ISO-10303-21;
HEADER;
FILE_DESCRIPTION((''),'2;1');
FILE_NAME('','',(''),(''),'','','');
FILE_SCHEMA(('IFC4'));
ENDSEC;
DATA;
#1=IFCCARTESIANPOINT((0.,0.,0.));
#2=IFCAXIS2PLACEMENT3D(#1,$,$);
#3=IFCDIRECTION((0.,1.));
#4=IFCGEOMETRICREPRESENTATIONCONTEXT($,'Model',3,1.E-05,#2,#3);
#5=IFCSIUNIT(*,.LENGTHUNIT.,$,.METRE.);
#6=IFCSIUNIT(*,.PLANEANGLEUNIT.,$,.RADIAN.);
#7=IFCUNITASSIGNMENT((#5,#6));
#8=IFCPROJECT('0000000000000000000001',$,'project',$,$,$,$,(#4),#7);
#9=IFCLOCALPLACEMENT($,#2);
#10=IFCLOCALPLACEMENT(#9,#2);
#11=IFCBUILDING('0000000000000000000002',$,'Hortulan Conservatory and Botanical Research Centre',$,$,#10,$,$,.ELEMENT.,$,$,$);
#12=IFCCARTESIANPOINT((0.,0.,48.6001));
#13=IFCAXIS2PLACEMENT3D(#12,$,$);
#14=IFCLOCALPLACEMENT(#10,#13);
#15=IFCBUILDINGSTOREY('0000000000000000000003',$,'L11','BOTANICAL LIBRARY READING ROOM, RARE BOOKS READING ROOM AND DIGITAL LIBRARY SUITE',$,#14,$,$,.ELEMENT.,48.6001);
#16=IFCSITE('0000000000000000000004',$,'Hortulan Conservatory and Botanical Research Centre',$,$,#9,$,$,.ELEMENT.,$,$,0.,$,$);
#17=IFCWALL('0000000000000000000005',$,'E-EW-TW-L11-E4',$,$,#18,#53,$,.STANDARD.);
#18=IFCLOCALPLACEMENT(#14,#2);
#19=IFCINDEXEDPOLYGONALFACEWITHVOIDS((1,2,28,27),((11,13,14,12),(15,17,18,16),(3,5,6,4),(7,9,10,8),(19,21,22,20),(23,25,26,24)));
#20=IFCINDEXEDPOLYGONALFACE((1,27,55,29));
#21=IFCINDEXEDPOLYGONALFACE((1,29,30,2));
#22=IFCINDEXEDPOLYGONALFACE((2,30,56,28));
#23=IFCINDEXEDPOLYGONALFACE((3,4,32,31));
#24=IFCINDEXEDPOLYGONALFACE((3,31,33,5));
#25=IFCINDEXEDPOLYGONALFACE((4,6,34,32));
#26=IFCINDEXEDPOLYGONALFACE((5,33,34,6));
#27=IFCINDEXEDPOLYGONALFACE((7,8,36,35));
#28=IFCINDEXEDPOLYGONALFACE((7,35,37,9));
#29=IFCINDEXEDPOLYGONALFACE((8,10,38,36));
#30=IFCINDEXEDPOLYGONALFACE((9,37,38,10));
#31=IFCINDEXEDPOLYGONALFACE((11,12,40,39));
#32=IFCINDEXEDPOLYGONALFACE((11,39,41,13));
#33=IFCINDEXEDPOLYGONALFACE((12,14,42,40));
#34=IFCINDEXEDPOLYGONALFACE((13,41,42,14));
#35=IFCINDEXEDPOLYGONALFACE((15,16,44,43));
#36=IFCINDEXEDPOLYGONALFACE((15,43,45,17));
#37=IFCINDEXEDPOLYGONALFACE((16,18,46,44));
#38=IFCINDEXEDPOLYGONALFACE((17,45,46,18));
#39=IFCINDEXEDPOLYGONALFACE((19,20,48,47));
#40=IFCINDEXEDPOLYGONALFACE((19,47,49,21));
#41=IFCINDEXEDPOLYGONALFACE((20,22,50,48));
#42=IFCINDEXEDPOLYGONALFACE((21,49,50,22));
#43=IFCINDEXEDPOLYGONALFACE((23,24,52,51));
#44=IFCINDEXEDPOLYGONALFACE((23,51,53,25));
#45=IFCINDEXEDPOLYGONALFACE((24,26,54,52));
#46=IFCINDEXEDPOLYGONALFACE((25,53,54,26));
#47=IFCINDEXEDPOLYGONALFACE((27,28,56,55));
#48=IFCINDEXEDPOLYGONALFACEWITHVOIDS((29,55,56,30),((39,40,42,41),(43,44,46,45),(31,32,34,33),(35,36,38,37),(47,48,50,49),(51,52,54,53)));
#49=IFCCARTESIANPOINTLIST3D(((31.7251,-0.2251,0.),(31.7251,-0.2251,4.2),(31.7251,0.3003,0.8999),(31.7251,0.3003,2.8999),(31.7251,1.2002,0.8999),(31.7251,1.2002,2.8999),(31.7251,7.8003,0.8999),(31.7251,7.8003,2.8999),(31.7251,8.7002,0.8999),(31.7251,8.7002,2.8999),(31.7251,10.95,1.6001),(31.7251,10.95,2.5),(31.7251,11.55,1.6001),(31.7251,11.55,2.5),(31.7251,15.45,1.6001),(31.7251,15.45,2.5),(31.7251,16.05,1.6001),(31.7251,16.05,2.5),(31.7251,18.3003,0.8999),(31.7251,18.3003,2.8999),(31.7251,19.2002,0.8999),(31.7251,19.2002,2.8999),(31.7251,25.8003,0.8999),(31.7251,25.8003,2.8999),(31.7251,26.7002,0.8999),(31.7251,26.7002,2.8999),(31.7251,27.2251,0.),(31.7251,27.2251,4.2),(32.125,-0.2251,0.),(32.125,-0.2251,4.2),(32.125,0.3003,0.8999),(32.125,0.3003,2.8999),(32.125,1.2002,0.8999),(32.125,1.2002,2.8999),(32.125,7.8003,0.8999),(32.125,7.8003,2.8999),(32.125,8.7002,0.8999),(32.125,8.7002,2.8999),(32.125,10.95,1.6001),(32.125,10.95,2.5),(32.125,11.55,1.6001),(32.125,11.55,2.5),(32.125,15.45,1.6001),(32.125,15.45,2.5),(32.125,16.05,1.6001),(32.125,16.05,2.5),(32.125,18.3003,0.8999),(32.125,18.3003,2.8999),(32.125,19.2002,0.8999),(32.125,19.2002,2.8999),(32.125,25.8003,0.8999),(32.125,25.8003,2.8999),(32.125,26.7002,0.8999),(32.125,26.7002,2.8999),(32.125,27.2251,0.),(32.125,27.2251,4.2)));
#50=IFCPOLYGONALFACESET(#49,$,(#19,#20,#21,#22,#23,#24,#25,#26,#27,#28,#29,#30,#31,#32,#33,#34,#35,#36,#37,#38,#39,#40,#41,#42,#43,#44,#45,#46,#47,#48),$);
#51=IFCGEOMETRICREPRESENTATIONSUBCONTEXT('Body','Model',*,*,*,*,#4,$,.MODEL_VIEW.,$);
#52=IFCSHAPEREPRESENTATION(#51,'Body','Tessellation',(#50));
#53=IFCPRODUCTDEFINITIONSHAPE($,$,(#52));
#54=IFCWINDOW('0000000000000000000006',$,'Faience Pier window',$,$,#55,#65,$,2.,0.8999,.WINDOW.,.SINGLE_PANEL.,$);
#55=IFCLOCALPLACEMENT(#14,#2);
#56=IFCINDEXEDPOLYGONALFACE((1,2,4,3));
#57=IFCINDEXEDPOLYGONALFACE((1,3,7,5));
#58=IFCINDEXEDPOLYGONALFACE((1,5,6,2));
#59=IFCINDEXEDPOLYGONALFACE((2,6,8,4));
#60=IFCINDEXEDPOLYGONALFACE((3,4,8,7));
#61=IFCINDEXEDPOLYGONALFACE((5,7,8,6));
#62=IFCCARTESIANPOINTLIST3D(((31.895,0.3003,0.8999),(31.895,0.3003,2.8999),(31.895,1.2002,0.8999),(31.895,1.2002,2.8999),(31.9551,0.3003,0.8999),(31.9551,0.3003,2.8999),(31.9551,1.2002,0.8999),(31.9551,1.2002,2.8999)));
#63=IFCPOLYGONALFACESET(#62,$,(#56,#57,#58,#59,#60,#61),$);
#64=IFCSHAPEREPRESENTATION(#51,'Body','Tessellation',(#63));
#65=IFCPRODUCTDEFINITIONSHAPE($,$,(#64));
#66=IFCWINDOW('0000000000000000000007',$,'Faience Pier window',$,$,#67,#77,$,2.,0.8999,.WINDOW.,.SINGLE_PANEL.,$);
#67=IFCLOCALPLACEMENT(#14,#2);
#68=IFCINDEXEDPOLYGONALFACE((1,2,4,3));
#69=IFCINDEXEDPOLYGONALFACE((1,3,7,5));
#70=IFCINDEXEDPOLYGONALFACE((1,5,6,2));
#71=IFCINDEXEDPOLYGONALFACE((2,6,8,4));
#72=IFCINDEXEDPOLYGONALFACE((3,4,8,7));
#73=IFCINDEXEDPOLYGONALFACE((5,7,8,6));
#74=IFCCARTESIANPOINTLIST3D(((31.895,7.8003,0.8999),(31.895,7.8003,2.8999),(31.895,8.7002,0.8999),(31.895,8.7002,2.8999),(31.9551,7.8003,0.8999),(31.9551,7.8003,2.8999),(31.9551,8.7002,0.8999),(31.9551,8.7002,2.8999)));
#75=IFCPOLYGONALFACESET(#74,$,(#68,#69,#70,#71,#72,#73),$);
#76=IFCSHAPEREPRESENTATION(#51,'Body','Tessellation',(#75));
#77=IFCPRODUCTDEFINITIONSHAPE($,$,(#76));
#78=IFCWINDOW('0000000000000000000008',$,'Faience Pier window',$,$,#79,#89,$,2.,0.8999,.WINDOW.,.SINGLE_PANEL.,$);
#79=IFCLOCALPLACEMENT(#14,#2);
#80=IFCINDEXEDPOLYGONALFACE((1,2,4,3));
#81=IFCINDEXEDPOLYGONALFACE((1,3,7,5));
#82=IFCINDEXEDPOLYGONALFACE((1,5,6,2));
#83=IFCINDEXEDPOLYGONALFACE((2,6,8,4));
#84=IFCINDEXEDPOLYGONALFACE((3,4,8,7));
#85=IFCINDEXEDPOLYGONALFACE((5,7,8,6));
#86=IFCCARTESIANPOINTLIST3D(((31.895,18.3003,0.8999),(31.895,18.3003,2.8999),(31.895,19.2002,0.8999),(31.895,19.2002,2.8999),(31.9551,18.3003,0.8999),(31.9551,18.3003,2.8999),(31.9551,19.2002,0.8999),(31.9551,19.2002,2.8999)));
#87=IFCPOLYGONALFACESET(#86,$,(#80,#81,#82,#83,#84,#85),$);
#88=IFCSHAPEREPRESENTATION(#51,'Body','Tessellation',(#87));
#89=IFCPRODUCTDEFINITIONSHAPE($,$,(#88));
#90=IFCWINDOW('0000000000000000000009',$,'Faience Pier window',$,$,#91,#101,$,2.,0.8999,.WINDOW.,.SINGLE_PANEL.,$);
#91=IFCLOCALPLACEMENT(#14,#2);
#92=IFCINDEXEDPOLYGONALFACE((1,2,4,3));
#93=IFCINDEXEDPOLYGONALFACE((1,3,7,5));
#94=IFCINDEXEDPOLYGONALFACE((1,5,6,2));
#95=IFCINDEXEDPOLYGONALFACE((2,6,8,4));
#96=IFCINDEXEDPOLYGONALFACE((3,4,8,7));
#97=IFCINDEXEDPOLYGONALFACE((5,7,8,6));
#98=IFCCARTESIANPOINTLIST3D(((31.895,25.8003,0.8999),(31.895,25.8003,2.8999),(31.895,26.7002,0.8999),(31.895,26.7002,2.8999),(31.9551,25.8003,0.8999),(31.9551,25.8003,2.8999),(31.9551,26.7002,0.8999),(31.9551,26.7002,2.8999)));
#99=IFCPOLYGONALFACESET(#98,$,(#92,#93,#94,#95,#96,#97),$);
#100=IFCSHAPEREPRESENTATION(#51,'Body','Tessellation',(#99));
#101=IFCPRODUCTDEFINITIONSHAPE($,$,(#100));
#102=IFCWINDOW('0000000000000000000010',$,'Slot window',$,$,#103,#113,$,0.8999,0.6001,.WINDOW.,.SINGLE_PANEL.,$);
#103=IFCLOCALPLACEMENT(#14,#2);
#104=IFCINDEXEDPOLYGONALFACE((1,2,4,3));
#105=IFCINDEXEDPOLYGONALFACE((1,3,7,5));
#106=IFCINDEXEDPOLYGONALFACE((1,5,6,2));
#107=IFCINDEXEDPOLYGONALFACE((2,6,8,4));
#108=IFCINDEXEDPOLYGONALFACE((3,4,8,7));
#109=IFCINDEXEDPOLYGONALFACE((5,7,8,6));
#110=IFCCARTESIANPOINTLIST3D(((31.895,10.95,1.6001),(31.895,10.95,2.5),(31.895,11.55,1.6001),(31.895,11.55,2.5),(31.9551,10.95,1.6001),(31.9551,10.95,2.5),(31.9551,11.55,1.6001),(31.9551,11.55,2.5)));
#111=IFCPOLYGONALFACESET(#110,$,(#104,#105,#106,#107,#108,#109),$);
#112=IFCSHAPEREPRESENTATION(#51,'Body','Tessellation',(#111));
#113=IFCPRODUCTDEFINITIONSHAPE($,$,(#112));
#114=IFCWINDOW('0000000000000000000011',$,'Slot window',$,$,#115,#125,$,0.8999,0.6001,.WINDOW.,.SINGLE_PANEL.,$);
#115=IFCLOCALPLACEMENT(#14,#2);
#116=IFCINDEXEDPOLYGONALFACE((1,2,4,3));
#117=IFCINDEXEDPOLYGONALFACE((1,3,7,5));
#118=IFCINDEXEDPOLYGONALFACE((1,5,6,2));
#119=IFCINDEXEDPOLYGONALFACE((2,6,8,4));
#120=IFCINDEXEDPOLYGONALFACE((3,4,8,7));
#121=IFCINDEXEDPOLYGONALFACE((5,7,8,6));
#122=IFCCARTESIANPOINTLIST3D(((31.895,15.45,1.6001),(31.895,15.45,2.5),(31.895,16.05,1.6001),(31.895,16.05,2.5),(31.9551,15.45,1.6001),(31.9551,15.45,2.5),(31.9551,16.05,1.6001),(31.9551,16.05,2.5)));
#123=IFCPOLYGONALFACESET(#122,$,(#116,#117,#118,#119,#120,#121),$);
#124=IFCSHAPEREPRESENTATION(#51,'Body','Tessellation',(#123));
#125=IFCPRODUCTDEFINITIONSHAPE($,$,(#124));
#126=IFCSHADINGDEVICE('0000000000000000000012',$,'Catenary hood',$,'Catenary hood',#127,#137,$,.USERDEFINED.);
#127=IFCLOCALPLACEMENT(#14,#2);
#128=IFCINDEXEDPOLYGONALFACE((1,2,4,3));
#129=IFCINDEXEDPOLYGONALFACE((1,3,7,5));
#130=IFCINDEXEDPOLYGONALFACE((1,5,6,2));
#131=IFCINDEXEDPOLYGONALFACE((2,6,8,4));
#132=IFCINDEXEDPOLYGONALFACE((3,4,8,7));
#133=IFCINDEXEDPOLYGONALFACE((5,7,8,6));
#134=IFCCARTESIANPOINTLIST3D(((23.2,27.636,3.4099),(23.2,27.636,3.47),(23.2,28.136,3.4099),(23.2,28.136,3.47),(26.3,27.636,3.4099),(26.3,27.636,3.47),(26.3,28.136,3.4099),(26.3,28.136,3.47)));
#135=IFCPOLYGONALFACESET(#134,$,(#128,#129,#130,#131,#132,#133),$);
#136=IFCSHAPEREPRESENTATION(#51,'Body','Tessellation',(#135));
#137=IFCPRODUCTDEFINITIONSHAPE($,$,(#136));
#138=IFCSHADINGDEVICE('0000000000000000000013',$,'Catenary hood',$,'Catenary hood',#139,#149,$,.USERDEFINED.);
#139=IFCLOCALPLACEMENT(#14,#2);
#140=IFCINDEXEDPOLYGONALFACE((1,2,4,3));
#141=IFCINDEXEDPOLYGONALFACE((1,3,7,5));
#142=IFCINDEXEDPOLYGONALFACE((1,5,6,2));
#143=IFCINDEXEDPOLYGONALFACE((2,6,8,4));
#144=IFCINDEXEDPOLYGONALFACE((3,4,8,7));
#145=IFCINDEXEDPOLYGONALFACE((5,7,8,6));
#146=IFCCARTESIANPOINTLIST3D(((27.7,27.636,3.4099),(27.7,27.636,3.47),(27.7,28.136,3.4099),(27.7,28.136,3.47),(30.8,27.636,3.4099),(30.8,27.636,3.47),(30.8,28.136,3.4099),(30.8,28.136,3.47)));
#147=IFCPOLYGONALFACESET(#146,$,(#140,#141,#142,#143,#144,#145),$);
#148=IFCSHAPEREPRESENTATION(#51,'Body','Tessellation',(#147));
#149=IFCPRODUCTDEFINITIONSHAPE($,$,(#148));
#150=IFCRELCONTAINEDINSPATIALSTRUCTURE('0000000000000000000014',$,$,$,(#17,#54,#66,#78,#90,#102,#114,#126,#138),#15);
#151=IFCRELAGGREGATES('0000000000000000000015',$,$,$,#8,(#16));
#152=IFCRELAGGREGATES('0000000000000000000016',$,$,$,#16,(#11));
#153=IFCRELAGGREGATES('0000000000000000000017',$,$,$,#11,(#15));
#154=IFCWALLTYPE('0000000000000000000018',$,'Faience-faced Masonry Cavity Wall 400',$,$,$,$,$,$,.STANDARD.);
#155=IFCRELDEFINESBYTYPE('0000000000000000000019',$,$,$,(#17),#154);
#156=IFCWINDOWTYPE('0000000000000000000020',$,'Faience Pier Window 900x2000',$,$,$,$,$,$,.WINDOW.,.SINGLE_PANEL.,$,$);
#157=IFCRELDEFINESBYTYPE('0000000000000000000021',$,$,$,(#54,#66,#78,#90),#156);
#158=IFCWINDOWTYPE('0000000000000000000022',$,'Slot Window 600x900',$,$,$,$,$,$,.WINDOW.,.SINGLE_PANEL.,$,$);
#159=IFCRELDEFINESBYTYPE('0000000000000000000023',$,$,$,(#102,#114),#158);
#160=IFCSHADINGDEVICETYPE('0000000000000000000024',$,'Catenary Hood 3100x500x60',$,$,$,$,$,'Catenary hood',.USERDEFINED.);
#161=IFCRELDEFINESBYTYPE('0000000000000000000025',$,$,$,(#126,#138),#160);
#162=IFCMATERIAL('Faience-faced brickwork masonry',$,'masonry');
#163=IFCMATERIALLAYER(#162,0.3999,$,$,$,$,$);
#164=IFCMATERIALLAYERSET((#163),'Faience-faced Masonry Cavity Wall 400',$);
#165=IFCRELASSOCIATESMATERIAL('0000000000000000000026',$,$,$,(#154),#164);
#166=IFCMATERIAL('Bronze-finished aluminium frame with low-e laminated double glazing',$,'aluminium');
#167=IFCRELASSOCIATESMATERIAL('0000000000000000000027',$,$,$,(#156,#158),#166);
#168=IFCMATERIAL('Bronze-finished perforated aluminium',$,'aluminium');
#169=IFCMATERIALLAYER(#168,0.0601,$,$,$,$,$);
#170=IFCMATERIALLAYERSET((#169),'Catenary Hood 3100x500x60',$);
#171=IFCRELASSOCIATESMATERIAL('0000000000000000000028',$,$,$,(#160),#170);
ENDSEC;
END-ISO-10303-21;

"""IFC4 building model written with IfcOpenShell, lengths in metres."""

from ifc_helpers import new_model, si_unit, direction, frame, frame_2d, origin, origin_2d, place, context, subcontext, project, spatial, rectangle, extrude, material, layer, layer_set, type_object, element, fill, save


model = new_model("IFC4")

# Units and contexts
model_context = context("Model", 3, precision=1e-05, world=origin(), true_north=direction((0.0, 1.0)))
body_context = subcontext(model_context, "Body", "Model", "MODEL_VIEW")
ifc_project = project(units=[si_unit("LENGTHUNIT", "METRE"), si_unit("PLANEANGLEUNIT", "RADIAN")], contexts=[model_context])

# Site, building, storey
site_placement = place(None, origin())
site = spatial("IfcSite", under=ifc_project, at=site_placement, Name="Hortulan Conservatory and Botanical Research Centre", CompositionType="ELEMENT", RefElevation=0.0)
building_placement = place(site_placement, origin())
building = spatial("IfcBuilding", under=site, at=building_placement, Name="Hortulan Conservatory and Botanical Research Centre", CompositionType="ELEMENT")
storey_placement = place(building_placement, frame((0.0, 0.0, 48.6001)))
storey = spatial("IfcBuildingStorey", under=building, at=storey_placement, Name="L11", Description="BOTANICAL LIBRARY READING ROOM, RARE BOOKS READING ROOM AND DIGITAL LIBRARY SUITE", CompositionType="ELEMENT", Elevation=48.6001)

# Wall, openings, windows
ifc_material_1 = material(Name="Faience-faced brickwork masonry", Category="masonry")
ifc_layer_1 = layer(ifc_material_1, 0.3999)
ifc_layer_set_1 = layer_set([ifc_layer_1], Name="Faience-faced Masonry Cavity Wall 400")
wall_type = type_object("IfcWallType", Name="Faience-faced Masonry Cavity Wall 400", PredefinedType="STANDARD", material=ifc_layer_set_1)
wall_placement = place(storey_placement, frame((31.925, 27.2251, 0.0), z_axis=(0.0, 0.0, 1.0), x_axis=(0.0, -1.0, 0.0)))
wall = element("IfcWall", 1, at=wall_placement, inside=storey, type_object=wall_type, Name="E-EW-TW-L11-E4", PredefinedType="STANDARD", context=body_context, shape_type="SweptSolid", body=[
    extrude(rectangle(XDim=27.4502, YDim=0.3999, at=frame_2d((13.7251, 0.0))), origin(), (0.0, 0.0, 1.0), 4.2),
])
opening_1_placement = place(wall_placement, frame((26.0249, 0.0, 0.8999)))
opening_1 = element("IfcOpeningElement", 2, at=opening_1_placement, cuts=wall, PredefinedType="OPENING", context=body_context, shape_type="SweptSolid", body=[
    extrude(rectangle(XDim=0.8999, YDim=2.0, at=frame_2d((0.45, 1.0))), frame((0.0, 0.21, 0.0), z_axis=(0.0, -1.0, 0.0), x_axis=(1.0, 0.0, 0.0)), (0.0, 0.0, 1.0), 0.4199),
])
opening_2_placement = place(wall_placement, frame((18.5249, 0.0, 0.8999)))
opening_2 = element("IfcOpeningElement", 3, at=opening_2_placement, cuts=wall, PredefinedType="OPENING", context=body_context, shape_type="SweptSolid", body=[
    extrude(rectangle(XDim=0.8999, YDim=2.0, at=frame_2d((0.45, 1.0))), frame((0.0, 0.21, 0.0), z_axis=(0.0, -1.0, 0.0), x_axis=(1.0, 0.0, 0.0)), (0.0, 0.0, 1.0), 0.4199),
])
opening_3_placement = place(wall_placement, frame((15.675, 0.0, 1.6001)))
opening_3 = element("IfcOpeningElement", 4, at=opening_3_placement, cuts=wall, PredefinedType="OPENING", context=body_context, shape_type="SweptSolid", body=[
    extrude(rectangle(XDim=0.6001, YDim=0.8999, at=frame_2d((0.3, 0.45))), frame((0.0, 0.21, 0.0), z_axis=(0.0, -1.0, 0.0), x_axis=(1.0, 0.0, 0.0)), (0.0, 0.0, 1.0), 0.4199),
])
opening_4_placement = place(wall_placement, frame((11.175, 0.0, 1.6001)))
opening_4 = element("IfcOpeningElement", 5, at=opening_4_placement, cuts=wall, PredefinedType="OPENING", context=body_context, shape_type="SweptSolid", body=[
    extrude(rectangle(XDim=0.6001, YDim=0.8999, at=frame_2d((0.3, 0.45))), frame((0.0, 0.21, 0.0), z_axis=(0.0, -1.0, 0.0), x_axis=(1.0, 0.0, 0.0)), (0.0, 0.0, 1.0), 0.4199),
])
opening_5_placement = place(wall_placement, frame((8.0249, 0.0, 0.8999)))
opening_5 = element("IfcOpeningElement", 6, at=opening_5_placement, cuts=wall, PredefinedType="OPENING", context=body_context, shape_type="SweptSolid", body=[
    extrude(rectangle(XDim=0.8999, YDim=2.0, at=frame_2d((0.45, 1.0))), frame((0.0, 0.21, 0.0), z_axis=(0.0, -1.0, 0.0), x_axis=(1.0, 0.0, 0.0)), (0.0, 0.0, 1.0), 0.4199),
])
opening_6_placement = place(wall_placement, frame((0.5249, 0.0, 0.8999)))
opening_6 = element("IfcOpeningElement", 7, at=opening_6_placement, cuts=wall, PredefinedType="OPENING", context=body_context, shape_type="SweptSolid", body=[
    extrude(rectangle(XDim=0.8999, YDim=2.0, at=frame_2d((0.45, 1.0))), frame((0.0, 0.21, 0.0), z_axis=(0.0, -1.0, 0.0), x_axis=(1.0, 0.0, 0.0)), (0.0, 0.0, 1.0), 0.4199),
])
ifc_material_2 = material(Name="Bronze-finished aluminium frame with low-e laminated double glazing", Category="aluminium")
window_type_1 = type_object("IfcWindowType", Name="Faience Pier Window 900x2000", PartitioningType="SINGLE_PANEL", PredefinedType="WINDOW", material=ifc_material_2)
window_1_placement = place(opening_1_placement, origin())
window_1 = element("IfcWindow", 8, at=window_1_placement, inside=storey, type_object=window_type_1, Name="Faience Pier window", OverallHeight=2.0, OverallWidth=0.8999, PartitioningType="SINGLE_PANEL", PredefinedType="WINDOW", context=body_context, shape_type="SweptSolid", body=[
    extrude(rectangle(XDim=0.8999, YDim=2.0, at=frame_2d((0.45, 1.0))), frame((0.0, 0.03, 0.0), z_axis=(0.0, -1.0, 0.0), x_axis=(1.0, 0.0, 0.0)), (0.0, 0.0, 1.0), 0.0601),
])
fill(opening_1, window_1)
window_2_placement = place(opening_2_placement, origin())
window_2 = element("IfcWindow", 9, at=window_2_placement, inside=storey, type_object=window_type_1, Name="Faience Pier window", OverallHeight=2.0, OverallWidth=0.8999, PartitioningType="SINGLE_PANEL", PredefinedType="WINDOW", context=body_context, shape_type="SweptSolid", body=[
    extrude(rectangle(XDim=0.8999, YDim=2.0, at=frame_2d((0.45, 1.0))), frame((0.0, 0.03, 0.0), z_axis=(0.0, -1.0, 0.0), x_axis=(1.0, 0.0, 0.0)), (0.0, 0.0, 1.0), 0.0601),
])
fill(opening_2, window_2)
window_3_placement = place(opening_5_placement, origin())
window_3 = element("IfcWindow", 10, at=window_3_placement, inside=storey, type_object=window_type_1, Name="Faience Pier window", OverallHeight=2.0, OverallWidth=0.8999, PartitioningType="SINGLE_PANEL", PredefinedType="WINDOW", context=body_context, shape_type="SweptSolid", body=[
    extrude(rectangle(XDim=0.8999, YDim=2.0, at=frame_2d((0.45, 1.0))), frame((0.0, 0.03, 0.0), z_axis=(0.0, -1.0, 0.0), x_axis=(1.0, 0.0, 0.0)), (0.0, 0.0, 1.0), 0.0601),
])
fill(opening_5, window_3)
window_4_placement = place(opening_6_placement, origin())
window_4 = element("IfcWindow", 11, at=window_4_placement, inside=storey, type_object=window_type_1, Name="Faience Pier window", OverallHeight=2.0, OverallWidth=0.8999, PartitioningType="SINGLE_PANEL", PredefinedType="WINDOW", context=body_context, shape_type="SweptSolid", body=[
    extrude(rectangle(XDim=0.8999, YDim=2.0, at=frame_2d((0.45, 1.0))), frame((0.0, 0.03, 0.0), z_axis=(0.0, -1.0, 0.0), x_axis=(1.0, 0.0, 0.0)), (0.0, 0.0, 1.0), 0.0601),
])
fill(opening_6, window_4)
window_type_2 = type_object("IfcWindowType", Name="Slot Window 600x900", PartitioningType="SINGLE_PANEL", PredefinedType="WINDOW", material=ifc_material_2)
window_5_placement = place(opening_3_placement, origin())
window_5 = element("IfcWindow", 12, at=window_5_placement, inside=storey, type_object=window_type_2, Name="Slot window", OverallHeight=0.8999, OverallWidth=0.6001, PartitioningType="SINGLE_PANEL", PredefinedType="WINDOW", context=body_context, shape_type="SweptSolid", body=[
    extrude(rectangle(XDim=0.6001, YDim=0.8999, at=frame_2d((0.3, 0.45))), frame((0.0, 0.03, 0.0), z_axis=(0.0, -1.0, 0.0), x_axis=(1.0, 0.0, 0.0)), (0.0, 0.0, 1.0), 0.0601),
])
fill(opening_3, window_5)
window_6_placement = place(opening_4_placement, origin())
window_6 = element("IfcWindow", 13, at=window_6_placement, inside=storey, type_object=window_type_2, Name="Slot window", OverallHeight=0.8999, OverallWidth=0.6001, PartitioningType="SINGLE_PANEL", PredefinedType="WINDOW", context=body_context, shape_type="SweptSolid", body=[
    extrude(rectangle(XDim=0.6001, YDim=0.8999, at=frame_2d((0.3, 0.45))), frame((0.0, 0.03, 0.0), z_axis=(0.0, -1.0, 0.0), x_axis=(1.0, 0.0, 0.0)), (0.0, 0.0, 1.0), 0.0601),
])
fill(opening_4, window_6)

# Shading devices
ifc_material_3 = material(Name="Bronze-finished perforated aluminium", Category="aluminium")
ifc_layer_2 = layer(ifc_material_3, 0.0601)
ifc_layer_set_2 = layer_set([ifc_layer_2], Name="Catenary Hood 3100x500x60")
shading_device_type = type_object("IfcShadingDeviceType", Name="Catenary Hood 3100x500x60", ElementType="Catenary hood", PredefinedType="USERDEFINED", material=ifc_layer_set_2)
for number, where, z_axis, x_axis, name in (
    (14, (24.75, 27.886, 3.4099), (0.0, 0.0, 1.0), (1.0, 0.0, 0.0), "Catenary hood"),
    (15, (29.25, 27.886, 3.4099), (0.0, 0.0, 1.0), (1.0, 0.0, 0.0), "Catenary hood"),
):
    element("IfcShadingDevice", number, at=place(storey_placement, frame(where, z_axis=z_axis, x_axis=x_axis)), inside=storey, type_object=shading_device_type, Name=name, ObjectType="Catenary hood", PredefinedType="USERDEFINED", context=body_context, shape_type="SweptSolid", body=[
        extrude(rectangle(XDim=3.1001, YDim=0.5, at=origin_2d()), origin(), (0.0, 0.0, 1.0), 0.0601),
    ])

save(model, "model.ifc")
